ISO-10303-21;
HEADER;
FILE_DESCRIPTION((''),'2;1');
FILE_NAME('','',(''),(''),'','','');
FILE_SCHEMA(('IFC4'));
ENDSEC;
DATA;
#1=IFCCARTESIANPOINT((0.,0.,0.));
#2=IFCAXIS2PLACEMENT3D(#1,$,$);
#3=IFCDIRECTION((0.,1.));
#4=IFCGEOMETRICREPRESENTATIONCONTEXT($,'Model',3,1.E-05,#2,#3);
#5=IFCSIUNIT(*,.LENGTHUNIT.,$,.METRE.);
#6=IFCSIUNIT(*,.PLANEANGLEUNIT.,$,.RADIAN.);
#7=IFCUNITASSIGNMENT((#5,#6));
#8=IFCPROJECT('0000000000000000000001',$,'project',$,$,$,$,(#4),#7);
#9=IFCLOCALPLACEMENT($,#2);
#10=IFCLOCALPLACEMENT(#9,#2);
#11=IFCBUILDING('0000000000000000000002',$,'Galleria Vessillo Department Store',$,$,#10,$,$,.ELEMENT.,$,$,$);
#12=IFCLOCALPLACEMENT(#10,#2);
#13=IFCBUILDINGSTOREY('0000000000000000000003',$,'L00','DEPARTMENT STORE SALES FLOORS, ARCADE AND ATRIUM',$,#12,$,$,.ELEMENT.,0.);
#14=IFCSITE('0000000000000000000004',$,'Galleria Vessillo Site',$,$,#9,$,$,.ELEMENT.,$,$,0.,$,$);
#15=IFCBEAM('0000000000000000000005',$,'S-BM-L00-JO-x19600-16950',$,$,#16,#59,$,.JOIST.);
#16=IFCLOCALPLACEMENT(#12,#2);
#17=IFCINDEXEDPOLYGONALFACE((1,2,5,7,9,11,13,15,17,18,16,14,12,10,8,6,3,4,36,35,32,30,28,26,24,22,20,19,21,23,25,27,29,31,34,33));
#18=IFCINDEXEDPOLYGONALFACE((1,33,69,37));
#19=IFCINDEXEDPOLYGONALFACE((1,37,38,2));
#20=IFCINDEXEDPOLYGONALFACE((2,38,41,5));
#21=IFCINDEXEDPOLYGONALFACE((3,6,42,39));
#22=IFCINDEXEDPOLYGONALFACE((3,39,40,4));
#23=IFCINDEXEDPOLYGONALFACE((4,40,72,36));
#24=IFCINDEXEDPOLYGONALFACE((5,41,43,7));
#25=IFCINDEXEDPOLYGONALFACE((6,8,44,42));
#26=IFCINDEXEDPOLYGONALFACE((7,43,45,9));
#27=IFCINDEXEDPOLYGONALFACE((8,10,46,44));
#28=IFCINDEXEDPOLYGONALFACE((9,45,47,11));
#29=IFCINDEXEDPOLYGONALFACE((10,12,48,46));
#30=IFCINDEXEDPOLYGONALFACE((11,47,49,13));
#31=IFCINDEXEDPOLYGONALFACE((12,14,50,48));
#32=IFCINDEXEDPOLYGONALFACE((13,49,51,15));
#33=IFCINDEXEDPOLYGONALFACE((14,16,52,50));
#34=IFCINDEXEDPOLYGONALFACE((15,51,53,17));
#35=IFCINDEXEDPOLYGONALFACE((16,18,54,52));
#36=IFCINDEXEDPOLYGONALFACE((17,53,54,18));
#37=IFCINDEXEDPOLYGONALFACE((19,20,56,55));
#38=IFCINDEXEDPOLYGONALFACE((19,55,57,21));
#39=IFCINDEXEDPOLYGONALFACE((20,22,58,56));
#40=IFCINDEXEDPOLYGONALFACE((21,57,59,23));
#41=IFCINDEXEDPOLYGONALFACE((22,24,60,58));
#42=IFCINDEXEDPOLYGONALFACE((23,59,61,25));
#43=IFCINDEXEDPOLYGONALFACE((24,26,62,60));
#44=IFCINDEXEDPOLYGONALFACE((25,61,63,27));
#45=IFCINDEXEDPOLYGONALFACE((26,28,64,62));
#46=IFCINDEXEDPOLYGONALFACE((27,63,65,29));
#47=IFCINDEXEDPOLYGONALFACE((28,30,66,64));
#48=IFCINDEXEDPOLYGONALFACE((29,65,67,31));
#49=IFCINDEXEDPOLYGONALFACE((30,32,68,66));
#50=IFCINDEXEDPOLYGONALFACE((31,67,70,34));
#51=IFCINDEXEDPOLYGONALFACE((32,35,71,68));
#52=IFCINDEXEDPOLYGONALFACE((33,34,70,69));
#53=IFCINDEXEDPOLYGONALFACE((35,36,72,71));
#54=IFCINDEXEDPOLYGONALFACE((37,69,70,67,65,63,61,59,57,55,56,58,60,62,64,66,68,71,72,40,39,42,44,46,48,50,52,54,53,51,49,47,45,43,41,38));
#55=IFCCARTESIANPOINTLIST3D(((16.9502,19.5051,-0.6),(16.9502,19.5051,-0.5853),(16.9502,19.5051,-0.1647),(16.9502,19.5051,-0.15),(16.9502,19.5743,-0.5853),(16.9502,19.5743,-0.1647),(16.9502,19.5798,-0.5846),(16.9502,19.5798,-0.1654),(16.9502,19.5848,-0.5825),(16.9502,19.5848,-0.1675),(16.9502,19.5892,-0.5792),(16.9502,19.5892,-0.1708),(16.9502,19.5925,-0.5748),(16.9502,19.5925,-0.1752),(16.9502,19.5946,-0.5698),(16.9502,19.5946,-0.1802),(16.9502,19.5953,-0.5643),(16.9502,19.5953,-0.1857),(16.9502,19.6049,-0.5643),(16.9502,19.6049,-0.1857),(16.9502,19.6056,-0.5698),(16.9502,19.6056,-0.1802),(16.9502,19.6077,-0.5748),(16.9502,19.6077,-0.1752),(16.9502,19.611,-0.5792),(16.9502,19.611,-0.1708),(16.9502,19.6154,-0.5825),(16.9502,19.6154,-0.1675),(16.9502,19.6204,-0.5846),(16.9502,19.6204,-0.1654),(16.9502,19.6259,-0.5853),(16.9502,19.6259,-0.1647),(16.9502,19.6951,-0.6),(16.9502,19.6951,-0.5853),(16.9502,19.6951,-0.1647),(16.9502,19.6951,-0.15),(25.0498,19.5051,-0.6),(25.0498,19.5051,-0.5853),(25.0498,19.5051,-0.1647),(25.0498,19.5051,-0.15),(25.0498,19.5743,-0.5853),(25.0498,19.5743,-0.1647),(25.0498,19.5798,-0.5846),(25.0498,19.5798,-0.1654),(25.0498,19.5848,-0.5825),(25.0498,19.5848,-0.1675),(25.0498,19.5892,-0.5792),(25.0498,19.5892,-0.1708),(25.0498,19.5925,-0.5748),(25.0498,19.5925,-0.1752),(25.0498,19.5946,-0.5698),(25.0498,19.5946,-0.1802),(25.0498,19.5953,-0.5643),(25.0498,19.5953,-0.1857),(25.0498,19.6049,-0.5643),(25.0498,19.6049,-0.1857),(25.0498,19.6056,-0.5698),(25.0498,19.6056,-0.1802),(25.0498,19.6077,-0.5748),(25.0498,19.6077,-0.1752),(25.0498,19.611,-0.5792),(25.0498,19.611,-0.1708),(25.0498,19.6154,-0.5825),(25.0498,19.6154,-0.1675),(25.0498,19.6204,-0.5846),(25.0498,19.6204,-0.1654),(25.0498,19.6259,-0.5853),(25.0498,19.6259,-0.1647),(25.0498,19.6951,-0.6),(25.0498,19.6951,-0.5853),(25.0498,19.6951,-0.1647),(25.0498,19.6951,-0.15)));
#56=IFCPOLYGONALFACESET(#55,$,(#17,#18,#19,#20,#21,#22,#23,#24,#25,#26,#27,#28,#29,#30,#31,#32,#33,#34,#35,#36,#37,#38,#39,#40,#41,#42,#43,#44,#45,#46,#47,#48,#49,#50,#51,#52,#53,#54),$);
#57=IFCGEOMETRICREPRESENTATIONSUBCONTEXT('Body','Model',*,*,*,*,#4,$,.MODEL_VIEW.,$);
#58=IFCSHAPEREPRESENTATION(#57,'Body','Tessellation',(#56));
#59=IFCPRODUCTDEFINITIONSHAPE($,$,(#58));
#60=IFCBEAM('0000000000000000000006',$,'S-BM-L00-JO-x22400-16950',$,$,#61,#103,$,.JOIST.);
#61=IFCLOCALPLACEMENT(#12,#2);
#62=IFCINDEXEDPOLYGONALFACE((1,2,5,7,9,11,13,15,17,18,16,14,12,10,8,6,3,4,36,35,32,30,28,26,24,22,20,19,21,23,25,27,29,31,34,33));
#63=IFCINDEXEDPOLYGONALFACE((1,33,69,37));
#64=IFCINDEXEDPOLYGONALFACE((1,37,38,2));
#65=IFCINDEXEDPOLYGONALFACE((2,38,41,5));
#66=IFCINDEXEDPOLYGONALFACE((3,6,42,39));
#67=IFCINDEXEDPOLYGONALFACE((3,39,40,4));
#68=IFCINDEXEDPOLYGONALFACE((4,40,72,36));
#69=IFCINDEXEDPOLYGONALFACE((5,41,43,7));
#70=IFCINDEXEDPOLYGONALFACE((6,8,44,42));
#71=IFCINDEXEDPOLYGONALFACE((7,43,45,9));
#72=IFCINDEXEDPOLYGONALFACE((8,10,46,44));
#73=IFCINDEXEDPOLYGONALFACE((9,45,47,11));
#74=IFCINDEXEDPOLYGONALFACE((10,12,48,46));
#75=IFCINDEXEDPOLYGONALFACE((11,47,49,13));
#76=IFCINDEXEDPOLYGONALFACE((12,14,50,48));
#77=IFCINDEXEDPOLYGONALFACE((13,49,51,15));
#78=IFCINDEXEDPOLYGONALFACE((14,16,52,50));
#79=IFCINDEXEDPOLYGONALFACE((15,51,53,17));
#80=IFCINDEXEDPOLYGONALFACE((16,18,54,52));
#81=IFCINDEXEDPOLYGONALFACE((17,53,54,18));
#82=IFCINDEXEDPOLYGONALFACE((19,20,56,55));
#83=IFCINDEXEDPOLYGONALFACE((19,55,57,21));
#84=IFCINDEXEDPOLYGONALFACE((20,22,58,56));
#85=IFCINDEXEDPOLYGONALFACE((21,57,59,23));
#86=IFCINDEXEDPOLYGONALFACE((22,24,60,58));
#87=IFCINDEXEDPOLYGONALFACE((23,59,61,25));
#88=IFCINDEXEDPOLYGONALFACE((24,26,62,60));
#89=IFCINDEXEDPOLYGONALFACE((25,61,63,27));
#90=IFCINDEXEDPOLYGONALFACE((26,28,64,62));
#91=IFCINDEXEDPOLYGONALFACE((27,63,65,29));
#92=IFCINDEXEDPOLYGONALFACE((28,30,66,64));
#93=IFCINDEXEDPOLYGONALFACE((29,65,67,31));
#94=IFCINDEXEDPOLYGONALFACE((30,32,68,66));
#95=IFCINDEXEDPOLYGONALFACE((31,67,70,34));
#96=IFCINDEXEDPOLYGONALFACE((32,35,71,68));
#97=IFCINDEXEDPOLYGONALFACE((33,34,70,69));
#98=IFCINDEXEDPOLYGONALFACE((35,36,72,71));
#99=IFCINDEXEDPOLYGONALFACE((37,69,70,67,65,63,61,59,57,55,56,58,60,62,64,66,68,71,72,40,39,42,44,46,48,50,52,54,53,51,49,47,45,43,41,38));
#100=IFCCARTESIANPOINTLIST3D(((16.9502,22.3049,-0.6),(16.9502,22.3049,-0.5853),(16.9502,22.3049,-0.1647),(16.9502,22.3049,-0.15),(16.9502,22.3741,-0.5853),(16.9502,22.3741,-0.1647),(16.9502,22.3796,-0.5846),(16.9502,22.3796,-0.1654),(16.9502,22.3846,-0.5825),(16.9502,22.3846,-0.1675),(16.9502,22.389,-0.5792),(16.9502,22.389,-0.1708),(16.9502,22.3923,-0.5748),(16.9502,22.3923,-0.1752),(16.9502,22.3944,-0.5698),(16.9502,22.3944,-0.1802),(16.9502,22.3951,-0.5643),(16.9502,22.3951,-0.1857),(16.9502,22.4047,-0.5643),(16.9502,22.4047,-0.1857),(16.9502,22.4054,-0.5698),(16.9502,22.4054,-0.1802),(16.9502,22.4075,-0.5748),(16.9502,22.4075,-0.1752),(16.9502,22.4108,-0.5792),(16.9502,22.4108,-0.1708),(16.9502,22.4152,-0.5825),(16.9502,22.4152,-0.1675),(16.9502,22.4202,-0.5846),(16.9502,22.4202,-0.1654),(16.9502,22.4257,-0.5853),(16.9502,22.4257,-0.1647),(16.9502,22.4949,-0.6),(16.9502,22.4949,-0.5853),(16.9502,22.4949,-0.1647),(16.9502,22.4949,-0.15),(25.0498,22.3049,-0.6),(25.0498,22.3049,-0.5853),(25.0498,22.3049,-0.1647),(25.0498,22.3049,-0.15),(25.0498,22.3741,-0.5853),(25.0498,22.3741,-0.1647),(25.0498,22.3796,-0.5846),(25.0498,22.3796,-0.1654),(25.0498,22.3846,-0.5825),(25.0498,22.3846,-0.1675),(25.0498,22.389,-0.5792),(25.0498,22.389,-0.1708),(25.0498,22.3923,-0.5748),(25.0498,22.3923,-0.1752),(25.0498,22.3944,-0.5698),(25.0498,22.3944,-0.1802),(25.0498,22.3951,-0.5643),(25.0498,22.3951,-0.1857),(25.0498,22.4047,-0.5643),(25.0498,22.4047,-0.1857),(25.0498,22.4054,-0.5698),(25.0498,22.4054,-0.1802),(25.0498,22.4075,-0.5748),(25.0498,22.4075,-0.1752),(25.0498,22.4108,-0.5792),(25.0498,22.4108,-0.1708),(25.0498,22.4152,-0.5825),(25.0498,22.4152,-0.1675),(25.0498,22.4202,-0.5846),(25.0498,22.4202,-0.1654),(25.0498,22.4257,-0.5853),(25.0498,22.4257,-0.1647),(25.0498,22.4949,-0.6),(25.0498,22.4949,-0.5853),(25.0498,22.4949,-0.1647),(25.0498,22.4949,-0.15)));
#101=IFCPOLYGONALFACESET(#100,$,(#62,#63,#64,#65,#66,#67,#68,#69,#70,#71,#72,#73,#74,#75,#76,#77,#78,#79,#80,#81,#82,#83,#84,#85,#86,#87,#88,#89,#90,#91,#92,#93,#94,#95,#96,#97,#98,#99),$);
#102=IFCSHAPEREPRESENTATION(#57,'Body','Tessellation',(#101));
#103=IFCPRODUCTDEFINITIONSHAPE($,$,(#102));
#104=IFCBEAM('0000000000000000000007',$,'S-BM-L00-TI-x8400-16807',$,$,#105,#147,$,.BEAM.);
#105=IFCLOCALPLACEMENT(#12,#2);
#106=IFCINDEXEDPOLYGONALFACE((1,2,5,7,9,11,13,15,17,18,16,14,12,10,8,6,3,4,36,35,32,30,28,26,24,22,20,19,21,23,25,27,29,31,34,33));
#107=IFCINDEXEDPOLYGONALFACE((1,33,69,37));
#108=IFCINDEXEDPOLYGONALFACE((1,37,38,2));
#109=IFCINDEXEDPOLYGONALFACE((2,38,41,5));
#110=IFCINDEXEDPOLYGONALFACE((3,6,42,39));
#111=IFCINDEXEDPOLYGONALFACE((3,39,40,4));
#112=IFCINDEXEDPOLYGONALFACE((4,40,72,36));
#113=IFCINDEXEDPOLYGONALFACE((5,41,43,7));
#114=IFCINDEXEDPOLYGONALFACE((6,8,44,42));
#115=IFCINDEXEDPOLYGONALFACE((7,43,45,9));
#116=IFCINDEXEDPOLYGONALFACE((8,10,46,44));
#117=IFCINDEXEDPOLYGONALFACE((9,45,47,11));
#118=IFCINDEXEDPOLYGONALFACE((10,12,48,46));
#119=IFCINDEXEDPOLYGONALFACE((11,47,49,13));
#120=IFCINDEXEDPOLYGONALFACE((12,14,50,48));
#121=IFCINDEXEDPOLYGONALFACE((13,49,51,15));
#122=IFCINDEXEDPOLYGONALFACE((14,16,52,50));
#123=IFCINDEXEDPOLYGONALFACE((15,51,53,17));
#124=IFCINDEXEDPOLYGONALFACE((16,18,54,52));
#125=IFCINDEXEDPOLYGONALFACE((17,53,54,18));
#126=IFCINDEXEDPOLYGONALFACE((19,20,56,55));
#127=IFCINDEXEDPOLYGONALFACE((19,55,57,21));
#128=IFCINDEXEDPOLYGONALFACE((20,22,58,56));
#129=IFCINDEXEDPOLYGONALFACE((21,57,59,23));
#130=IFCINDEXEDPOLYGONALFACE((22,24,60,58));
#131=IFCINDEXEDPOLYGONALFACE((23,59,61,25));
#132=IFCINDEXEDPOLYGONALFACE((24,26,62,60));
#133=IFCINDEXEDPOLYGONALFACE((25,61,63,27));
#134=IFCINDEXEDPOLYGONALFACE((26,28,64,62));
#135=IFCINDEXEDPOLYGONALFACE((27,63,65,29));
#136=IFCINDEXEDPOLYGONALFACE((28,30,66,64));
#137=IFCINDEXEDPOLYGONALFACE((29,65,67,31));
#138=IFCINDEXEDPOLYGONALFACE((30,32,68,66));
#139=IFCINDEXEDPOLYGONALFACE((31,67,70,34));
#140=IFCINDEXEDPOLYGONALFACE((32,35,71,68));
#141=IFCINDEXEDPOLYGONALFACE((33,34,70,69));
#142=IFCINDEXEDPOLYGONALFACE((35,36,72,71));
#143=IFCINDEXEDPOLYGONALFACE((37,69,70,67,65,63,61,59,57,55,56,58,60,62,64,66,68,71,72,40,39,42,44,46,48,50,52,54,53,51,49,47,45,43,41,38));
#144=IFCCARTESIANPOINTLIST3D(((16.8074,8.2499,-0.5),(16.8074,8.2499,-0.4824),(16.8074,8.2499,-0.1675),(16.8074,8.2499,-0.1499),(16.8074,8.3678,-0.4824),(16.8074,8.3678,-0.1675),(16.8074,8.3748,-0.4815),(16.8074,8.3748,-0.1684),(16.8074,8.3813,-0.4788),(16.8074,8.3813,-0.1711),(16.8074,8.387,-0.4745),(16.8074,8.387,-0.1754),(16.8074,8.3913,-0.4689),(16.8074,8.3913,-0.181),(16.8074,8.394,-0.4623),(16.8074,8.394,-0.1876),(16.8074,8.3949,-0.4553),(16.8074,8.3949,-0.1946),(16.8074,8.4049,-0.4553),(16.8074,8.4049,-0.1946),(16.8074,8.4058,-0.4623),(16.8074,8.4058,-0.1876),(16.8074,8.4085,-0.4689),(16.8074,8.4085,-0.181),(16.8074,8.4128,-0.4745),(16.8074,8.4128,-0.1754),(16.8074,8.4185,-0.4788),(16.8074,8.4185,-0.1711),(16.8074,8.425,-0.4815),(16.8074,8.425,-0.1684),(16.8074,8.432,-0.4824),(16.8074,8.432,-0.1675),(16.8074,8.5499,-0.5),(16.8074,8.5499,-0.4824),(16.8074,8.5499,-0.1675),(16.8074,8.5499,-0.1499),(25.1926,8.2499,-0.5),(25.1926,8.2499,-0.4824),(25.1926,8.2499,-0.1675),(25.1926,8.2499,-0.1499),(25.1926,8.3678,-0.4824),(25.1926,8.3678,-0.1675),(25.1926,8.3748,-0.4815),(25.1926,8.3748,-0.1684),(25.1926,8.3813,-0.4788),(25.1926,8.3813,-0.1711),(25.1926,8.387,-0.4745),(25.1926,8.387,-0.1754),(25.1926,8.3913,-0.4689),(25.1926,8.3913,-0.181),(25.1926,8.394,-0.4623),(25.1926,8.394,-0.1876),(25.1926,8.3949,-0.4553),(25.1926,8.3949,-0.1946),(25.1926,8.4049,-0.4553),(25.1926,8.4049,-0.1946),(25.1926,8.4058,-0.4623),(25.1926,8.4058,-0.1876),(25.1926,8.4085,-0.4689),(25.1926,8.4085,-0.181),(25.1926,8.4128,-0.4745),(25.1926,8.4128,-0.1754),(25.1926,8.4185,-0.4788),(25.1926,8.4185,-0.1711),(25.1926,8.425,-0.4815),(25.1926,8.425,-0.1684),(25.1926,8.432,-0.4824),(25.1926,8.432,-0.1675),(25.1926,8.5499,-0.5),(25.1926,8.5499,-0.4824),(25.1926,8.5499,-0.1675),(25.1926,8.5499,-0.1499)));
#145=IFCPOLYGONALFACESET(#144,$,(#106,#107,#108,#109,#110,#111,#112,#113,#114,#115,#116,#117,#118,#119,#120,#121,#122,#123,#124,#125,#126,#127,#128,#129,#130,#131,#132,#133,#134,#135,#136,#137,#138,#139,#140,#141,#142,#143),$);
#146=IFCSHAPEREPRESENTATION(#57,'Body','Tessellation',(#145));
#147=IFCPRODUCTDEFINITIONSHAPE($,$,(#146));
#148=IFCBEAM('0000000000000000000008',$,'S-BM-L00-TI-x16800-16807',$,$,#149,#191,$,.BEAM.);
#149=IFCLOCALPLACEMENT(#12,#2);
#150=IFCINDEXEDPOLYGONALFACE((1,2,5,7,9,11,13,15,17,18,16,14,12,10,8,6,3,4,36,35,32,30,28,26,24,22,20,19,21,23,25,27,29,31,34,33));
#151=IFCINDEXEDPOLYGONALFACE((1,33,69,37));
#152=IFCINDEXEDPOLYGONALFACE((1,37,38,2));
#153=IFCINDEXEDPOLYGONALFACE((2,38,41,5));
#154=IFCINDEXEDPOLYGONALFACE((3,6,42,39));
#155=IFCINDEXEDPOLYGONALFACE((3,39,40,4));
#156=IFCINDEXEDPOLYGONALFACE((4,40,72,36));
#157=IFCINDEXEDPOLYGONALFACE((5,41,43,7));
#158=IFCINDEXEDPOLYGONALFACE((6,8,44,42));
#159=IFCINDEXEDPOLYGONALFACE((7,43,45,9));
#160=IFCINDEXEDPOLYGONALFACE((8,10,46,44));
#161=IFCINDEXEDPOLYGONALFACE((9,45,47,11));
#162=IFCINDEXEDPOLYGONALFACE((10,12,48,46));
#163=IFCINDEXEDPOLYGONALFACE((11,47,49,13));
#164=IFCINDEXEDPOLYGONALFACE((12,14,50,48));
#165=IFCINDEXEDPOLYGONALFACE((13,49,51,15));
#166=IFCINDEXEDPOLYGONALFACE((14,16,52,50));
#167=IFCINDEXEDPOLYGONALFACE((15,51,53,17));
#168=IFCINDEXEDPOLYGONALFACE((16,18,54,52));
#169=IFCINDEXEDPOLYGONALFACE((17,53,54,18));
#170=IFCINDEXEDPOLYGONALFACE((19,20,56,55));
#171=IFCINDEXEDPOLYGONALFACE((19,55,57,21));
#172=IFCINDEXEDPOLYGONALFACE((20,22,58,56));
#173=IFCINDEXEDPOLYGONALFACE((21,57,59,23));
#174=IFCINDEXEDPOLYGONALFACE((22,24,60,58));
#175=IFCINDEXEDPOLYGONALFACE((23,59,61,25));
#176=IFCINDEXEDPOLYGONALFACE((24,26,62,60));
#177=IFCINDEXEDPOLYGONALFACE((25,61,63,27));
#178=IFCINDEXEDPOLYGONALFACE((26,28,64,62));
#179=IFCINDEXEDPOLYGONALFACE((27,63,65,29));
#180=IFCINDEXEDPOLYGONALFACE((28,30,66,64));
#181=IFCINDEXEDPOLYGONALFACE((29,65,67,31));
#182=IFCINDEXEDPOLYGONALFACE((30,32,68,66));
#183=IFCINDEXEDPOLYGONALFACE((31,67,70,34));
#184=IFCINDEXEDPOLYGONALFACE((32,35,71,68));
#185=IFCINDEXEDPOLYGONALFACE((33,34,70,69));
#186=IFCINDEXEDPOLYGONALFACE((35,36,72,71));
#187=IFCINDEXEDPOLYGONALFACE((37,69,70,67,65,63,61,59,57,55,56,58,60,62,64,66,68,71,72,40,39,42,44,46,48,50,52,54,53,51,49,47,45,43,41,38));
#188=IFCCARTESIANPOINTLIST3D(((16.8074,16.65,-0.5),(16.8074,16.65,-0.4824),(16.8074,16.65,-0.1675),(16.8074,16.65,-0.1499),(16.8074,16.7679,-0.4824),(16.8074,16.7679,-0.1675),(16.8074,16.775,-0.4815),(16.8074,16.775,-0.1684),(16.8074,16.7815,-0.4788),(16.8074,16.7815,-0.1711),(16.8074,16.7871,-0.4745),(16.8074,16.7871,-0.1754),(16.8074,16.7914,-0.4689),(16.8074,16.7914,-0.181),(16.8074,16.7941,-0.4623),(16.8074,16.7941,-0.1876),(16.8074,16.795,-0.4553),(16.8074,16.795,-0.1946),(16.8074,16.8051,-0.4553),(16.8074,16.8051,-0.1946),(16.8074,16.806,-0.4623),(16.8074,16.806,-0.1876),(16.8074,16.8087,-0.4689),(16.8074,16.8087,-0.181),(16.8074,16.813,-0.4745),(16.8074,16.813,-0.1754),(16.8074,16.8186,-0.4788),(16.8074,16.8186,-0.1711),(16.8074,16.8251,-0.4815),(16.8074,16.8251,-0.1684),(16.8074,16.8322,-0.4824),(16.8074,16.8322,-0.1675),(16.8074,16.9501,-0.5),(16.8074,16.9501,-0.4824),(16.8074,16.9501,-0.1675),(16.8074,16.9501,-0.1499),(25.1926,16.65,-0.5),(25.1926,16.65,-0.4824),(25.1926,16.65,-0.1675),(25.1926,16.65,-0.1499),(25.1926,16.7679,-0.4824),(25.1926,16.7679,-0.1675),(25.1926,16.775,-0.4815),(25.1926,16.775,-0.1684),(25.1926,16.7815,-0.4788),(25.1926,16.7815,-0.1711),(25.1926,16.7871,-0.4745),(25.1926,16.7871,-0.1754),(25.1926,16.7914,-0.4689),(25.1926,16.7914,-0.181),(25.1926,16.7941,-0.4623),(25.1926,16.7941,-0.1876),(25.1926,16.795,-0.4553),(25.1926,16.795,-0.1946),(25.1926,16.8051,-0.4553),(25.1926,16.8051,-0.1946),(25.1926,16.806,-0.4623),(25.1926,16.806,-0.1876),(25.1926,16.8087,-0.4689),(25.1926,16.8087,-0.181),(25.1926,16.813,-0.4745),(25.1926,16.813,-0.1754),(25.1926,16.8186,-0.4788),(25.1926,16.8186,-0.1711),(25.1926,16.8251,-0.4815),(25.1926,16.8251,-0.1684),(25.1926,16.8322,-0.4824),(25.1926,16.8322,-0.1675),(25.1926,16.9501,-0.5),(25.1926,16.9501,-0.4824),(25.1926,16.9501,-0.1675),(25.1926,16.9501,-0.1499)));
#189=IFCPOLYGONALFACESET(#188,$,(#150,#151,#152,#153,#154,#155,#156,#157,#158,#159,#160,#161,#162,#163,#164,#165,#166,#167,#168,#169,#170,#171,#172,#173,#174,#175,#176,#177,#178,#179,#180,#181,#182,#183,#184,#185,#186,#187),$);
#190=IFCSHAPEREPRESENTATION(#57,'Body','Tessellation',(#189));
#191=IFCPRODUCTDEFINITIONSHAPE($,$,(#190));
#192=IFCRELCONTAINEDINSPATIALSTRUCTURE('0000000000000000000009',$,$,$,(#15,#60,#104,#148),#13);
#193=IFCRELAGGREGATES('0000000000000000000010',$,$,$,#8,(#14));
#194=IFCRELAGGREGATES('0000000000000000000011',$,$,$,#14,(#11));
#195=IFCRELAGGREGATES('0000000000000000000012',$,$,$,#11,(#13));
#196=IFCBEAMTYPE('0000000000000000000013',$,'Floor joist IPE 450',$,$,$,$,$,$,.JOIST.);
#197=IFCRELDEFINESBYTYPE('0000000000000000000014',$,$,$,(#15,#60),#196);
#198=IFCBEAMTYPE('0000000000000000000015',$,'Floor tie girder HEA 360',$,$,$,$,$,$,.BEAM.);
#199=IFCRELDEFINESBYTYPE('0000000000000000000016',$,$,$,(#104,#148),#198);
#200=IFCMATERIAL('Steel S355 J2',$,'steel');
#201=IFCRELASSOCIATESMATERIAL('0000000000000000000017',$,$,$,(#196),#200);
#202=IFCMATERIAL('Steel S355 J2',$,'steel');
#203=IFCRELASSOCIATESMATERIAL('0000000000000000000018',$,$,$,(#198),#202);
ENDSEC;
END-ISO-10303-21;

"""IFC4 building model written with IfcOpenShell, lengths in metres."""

from ifc_helpers import new_model, si_unit, direction, frame, origin, origin_2d, place, context, subcontext, project, spatial, i_section, extrude, material, material_profile, profile_set, type_object, element, save


model = new_model("IFC4")

# Units and contexts
model_context = context("Model", 3, precision=1e-05, world=origin(), true_north=direction((0.0, 1.0)))
body_context = subcontext(model_context, "Body", "Model", "MODEL_VIEW")
ifc_project = project(units=[si_unit("LENGTHUNIT", "METRE"), si_unit("PLANEANGLEUNIT", "RADIAN")], contexts=[model_context])

# Site, building, storey
site_placement = place(None, origin())
site = spatial("IfcSite", under=ifc_project, at=site_placement, Name="Galleria Vessillo Site", CompositionType="ELEMENT", RefElevation=0.0)
building_placement = place(site_placement, origin())
building = spatial("IfcBuilding", under=site, at=building_placement, Name="Galleria Vessillo Department Store", CompositionType="ELEMENT")
storey_placement = place(building_placement, origin())
storey = spatial("IfcBuildingStorey", under=building, at=storey_placement, Name="L00", Description="DEPARTMENT STORE SALES FLOORS, ARCADE AND ATRIUM", CompositionType="ELEMENT", Elevation=0.0)

# Beams
ifc_material_1 = material(Name="Steel S355 J2", Category="steel")
ifc_material_profile_1 = material_profile(ifc_material_1, i_section(OverallWidth=0.1899, OverallDepth=0.45, WebThickness=0.0095, FlangeThickness=0.0146, FilletRadius=0.021, at=origin_2d()), Name="IPE 450")
ifc_profile_set_1 = profile_set([ifc_material_profile_1], Name="Steel S355 J2")
beam_type_1 = type_object("IfcBeamType", Name="Floor joist IPE 450", PredefinedType="JOIST", material=ifc_profile_set_1)
for number, where, z_axis, x_axis, name in (
    (1, (16.9502, 19.6001, -0.375), (1.0, 0.0, 0.0), (0.0, 1.0, 0.0), "S-BM-L00-JO-x19600-16950"),
    (2, (16.9502, 22.3999, -0.375), (1.0, 0.0, 0.0), (0.0, 1.0, 0.0), "S-BM-L00-JO-x22400-16950"),
):
    element("IfcBeam", number, at=place(storey_placement, frame(where, z_axis=z_axis, x_axis=x_axis)), inside=storey, type_object=beam_type_1, Name=name, PredefinedType="JOIST", context=body_context, shape_type="SweptSolid", body=[
        extrude(i_section(OverallWidth=0.1899, OverallDepth=0.45, WebThickness=0.0095, FlangeThickness=0.0146, FilletRadius=0.021, at=origin_2d()), origin(), (0.0, 0.0, 1.0), 8.0996),
    ])
ifc_material_2 = material(Name="Steel S355 J2", Category="steel")
ifc_material_profile_2 = material_profile(ifc_material_2, i_section(OverallWidth=0.3, OverallDepth=0.3501, WebThickness=0.01, FlangeThickness=0.0176, FilletRadius=0.0271, at=origin_2d()), Name="HEA 360")
ifc_profile_set_2 = profile_set([ifc_material_profile_2], Name="Steel S355 J2")
beam_type_2 = type_object("IfcBeamType", Name="Floor tie girder HEA 360", PredefinedType="BEAM", material=ifc_profile_set_2)
for number, where, z_axis, x_axis, name in (
    (3, (16.8074, 8.3999, -0.325), (1.0, 0.0, 0.0), (0.0, 1.0, 0.0), "S-BM-L00-TI-x8400-16807"),
    (4, (16.8074, 16.8, -0.325), (1.0, 0.0, 0.0), (0.0, 1.0, 0.0), "S-BM-L00-TI-x16800-16807"),
):
    element("IfcBeam", number, at=place(storey_placement, frame(where, z_axis=z_axis, x_axis=x_axis)), inside=storey, type_object=beam_type_2, Name=name, PredefinedType="BEAM", context=body_context, shape_type="SweptSolid", body=[
        extrude(i_section(OverallWidth=0.3, OverallDepth=0.3501, WebThickness=0.01, FlangeThickness=0.0176, FilletRadius=0.0271, at=origin_2d()), origin(), (0.0, 0.0, 1.0), 8.3853),
    ])

save(model, "model.ifc")
